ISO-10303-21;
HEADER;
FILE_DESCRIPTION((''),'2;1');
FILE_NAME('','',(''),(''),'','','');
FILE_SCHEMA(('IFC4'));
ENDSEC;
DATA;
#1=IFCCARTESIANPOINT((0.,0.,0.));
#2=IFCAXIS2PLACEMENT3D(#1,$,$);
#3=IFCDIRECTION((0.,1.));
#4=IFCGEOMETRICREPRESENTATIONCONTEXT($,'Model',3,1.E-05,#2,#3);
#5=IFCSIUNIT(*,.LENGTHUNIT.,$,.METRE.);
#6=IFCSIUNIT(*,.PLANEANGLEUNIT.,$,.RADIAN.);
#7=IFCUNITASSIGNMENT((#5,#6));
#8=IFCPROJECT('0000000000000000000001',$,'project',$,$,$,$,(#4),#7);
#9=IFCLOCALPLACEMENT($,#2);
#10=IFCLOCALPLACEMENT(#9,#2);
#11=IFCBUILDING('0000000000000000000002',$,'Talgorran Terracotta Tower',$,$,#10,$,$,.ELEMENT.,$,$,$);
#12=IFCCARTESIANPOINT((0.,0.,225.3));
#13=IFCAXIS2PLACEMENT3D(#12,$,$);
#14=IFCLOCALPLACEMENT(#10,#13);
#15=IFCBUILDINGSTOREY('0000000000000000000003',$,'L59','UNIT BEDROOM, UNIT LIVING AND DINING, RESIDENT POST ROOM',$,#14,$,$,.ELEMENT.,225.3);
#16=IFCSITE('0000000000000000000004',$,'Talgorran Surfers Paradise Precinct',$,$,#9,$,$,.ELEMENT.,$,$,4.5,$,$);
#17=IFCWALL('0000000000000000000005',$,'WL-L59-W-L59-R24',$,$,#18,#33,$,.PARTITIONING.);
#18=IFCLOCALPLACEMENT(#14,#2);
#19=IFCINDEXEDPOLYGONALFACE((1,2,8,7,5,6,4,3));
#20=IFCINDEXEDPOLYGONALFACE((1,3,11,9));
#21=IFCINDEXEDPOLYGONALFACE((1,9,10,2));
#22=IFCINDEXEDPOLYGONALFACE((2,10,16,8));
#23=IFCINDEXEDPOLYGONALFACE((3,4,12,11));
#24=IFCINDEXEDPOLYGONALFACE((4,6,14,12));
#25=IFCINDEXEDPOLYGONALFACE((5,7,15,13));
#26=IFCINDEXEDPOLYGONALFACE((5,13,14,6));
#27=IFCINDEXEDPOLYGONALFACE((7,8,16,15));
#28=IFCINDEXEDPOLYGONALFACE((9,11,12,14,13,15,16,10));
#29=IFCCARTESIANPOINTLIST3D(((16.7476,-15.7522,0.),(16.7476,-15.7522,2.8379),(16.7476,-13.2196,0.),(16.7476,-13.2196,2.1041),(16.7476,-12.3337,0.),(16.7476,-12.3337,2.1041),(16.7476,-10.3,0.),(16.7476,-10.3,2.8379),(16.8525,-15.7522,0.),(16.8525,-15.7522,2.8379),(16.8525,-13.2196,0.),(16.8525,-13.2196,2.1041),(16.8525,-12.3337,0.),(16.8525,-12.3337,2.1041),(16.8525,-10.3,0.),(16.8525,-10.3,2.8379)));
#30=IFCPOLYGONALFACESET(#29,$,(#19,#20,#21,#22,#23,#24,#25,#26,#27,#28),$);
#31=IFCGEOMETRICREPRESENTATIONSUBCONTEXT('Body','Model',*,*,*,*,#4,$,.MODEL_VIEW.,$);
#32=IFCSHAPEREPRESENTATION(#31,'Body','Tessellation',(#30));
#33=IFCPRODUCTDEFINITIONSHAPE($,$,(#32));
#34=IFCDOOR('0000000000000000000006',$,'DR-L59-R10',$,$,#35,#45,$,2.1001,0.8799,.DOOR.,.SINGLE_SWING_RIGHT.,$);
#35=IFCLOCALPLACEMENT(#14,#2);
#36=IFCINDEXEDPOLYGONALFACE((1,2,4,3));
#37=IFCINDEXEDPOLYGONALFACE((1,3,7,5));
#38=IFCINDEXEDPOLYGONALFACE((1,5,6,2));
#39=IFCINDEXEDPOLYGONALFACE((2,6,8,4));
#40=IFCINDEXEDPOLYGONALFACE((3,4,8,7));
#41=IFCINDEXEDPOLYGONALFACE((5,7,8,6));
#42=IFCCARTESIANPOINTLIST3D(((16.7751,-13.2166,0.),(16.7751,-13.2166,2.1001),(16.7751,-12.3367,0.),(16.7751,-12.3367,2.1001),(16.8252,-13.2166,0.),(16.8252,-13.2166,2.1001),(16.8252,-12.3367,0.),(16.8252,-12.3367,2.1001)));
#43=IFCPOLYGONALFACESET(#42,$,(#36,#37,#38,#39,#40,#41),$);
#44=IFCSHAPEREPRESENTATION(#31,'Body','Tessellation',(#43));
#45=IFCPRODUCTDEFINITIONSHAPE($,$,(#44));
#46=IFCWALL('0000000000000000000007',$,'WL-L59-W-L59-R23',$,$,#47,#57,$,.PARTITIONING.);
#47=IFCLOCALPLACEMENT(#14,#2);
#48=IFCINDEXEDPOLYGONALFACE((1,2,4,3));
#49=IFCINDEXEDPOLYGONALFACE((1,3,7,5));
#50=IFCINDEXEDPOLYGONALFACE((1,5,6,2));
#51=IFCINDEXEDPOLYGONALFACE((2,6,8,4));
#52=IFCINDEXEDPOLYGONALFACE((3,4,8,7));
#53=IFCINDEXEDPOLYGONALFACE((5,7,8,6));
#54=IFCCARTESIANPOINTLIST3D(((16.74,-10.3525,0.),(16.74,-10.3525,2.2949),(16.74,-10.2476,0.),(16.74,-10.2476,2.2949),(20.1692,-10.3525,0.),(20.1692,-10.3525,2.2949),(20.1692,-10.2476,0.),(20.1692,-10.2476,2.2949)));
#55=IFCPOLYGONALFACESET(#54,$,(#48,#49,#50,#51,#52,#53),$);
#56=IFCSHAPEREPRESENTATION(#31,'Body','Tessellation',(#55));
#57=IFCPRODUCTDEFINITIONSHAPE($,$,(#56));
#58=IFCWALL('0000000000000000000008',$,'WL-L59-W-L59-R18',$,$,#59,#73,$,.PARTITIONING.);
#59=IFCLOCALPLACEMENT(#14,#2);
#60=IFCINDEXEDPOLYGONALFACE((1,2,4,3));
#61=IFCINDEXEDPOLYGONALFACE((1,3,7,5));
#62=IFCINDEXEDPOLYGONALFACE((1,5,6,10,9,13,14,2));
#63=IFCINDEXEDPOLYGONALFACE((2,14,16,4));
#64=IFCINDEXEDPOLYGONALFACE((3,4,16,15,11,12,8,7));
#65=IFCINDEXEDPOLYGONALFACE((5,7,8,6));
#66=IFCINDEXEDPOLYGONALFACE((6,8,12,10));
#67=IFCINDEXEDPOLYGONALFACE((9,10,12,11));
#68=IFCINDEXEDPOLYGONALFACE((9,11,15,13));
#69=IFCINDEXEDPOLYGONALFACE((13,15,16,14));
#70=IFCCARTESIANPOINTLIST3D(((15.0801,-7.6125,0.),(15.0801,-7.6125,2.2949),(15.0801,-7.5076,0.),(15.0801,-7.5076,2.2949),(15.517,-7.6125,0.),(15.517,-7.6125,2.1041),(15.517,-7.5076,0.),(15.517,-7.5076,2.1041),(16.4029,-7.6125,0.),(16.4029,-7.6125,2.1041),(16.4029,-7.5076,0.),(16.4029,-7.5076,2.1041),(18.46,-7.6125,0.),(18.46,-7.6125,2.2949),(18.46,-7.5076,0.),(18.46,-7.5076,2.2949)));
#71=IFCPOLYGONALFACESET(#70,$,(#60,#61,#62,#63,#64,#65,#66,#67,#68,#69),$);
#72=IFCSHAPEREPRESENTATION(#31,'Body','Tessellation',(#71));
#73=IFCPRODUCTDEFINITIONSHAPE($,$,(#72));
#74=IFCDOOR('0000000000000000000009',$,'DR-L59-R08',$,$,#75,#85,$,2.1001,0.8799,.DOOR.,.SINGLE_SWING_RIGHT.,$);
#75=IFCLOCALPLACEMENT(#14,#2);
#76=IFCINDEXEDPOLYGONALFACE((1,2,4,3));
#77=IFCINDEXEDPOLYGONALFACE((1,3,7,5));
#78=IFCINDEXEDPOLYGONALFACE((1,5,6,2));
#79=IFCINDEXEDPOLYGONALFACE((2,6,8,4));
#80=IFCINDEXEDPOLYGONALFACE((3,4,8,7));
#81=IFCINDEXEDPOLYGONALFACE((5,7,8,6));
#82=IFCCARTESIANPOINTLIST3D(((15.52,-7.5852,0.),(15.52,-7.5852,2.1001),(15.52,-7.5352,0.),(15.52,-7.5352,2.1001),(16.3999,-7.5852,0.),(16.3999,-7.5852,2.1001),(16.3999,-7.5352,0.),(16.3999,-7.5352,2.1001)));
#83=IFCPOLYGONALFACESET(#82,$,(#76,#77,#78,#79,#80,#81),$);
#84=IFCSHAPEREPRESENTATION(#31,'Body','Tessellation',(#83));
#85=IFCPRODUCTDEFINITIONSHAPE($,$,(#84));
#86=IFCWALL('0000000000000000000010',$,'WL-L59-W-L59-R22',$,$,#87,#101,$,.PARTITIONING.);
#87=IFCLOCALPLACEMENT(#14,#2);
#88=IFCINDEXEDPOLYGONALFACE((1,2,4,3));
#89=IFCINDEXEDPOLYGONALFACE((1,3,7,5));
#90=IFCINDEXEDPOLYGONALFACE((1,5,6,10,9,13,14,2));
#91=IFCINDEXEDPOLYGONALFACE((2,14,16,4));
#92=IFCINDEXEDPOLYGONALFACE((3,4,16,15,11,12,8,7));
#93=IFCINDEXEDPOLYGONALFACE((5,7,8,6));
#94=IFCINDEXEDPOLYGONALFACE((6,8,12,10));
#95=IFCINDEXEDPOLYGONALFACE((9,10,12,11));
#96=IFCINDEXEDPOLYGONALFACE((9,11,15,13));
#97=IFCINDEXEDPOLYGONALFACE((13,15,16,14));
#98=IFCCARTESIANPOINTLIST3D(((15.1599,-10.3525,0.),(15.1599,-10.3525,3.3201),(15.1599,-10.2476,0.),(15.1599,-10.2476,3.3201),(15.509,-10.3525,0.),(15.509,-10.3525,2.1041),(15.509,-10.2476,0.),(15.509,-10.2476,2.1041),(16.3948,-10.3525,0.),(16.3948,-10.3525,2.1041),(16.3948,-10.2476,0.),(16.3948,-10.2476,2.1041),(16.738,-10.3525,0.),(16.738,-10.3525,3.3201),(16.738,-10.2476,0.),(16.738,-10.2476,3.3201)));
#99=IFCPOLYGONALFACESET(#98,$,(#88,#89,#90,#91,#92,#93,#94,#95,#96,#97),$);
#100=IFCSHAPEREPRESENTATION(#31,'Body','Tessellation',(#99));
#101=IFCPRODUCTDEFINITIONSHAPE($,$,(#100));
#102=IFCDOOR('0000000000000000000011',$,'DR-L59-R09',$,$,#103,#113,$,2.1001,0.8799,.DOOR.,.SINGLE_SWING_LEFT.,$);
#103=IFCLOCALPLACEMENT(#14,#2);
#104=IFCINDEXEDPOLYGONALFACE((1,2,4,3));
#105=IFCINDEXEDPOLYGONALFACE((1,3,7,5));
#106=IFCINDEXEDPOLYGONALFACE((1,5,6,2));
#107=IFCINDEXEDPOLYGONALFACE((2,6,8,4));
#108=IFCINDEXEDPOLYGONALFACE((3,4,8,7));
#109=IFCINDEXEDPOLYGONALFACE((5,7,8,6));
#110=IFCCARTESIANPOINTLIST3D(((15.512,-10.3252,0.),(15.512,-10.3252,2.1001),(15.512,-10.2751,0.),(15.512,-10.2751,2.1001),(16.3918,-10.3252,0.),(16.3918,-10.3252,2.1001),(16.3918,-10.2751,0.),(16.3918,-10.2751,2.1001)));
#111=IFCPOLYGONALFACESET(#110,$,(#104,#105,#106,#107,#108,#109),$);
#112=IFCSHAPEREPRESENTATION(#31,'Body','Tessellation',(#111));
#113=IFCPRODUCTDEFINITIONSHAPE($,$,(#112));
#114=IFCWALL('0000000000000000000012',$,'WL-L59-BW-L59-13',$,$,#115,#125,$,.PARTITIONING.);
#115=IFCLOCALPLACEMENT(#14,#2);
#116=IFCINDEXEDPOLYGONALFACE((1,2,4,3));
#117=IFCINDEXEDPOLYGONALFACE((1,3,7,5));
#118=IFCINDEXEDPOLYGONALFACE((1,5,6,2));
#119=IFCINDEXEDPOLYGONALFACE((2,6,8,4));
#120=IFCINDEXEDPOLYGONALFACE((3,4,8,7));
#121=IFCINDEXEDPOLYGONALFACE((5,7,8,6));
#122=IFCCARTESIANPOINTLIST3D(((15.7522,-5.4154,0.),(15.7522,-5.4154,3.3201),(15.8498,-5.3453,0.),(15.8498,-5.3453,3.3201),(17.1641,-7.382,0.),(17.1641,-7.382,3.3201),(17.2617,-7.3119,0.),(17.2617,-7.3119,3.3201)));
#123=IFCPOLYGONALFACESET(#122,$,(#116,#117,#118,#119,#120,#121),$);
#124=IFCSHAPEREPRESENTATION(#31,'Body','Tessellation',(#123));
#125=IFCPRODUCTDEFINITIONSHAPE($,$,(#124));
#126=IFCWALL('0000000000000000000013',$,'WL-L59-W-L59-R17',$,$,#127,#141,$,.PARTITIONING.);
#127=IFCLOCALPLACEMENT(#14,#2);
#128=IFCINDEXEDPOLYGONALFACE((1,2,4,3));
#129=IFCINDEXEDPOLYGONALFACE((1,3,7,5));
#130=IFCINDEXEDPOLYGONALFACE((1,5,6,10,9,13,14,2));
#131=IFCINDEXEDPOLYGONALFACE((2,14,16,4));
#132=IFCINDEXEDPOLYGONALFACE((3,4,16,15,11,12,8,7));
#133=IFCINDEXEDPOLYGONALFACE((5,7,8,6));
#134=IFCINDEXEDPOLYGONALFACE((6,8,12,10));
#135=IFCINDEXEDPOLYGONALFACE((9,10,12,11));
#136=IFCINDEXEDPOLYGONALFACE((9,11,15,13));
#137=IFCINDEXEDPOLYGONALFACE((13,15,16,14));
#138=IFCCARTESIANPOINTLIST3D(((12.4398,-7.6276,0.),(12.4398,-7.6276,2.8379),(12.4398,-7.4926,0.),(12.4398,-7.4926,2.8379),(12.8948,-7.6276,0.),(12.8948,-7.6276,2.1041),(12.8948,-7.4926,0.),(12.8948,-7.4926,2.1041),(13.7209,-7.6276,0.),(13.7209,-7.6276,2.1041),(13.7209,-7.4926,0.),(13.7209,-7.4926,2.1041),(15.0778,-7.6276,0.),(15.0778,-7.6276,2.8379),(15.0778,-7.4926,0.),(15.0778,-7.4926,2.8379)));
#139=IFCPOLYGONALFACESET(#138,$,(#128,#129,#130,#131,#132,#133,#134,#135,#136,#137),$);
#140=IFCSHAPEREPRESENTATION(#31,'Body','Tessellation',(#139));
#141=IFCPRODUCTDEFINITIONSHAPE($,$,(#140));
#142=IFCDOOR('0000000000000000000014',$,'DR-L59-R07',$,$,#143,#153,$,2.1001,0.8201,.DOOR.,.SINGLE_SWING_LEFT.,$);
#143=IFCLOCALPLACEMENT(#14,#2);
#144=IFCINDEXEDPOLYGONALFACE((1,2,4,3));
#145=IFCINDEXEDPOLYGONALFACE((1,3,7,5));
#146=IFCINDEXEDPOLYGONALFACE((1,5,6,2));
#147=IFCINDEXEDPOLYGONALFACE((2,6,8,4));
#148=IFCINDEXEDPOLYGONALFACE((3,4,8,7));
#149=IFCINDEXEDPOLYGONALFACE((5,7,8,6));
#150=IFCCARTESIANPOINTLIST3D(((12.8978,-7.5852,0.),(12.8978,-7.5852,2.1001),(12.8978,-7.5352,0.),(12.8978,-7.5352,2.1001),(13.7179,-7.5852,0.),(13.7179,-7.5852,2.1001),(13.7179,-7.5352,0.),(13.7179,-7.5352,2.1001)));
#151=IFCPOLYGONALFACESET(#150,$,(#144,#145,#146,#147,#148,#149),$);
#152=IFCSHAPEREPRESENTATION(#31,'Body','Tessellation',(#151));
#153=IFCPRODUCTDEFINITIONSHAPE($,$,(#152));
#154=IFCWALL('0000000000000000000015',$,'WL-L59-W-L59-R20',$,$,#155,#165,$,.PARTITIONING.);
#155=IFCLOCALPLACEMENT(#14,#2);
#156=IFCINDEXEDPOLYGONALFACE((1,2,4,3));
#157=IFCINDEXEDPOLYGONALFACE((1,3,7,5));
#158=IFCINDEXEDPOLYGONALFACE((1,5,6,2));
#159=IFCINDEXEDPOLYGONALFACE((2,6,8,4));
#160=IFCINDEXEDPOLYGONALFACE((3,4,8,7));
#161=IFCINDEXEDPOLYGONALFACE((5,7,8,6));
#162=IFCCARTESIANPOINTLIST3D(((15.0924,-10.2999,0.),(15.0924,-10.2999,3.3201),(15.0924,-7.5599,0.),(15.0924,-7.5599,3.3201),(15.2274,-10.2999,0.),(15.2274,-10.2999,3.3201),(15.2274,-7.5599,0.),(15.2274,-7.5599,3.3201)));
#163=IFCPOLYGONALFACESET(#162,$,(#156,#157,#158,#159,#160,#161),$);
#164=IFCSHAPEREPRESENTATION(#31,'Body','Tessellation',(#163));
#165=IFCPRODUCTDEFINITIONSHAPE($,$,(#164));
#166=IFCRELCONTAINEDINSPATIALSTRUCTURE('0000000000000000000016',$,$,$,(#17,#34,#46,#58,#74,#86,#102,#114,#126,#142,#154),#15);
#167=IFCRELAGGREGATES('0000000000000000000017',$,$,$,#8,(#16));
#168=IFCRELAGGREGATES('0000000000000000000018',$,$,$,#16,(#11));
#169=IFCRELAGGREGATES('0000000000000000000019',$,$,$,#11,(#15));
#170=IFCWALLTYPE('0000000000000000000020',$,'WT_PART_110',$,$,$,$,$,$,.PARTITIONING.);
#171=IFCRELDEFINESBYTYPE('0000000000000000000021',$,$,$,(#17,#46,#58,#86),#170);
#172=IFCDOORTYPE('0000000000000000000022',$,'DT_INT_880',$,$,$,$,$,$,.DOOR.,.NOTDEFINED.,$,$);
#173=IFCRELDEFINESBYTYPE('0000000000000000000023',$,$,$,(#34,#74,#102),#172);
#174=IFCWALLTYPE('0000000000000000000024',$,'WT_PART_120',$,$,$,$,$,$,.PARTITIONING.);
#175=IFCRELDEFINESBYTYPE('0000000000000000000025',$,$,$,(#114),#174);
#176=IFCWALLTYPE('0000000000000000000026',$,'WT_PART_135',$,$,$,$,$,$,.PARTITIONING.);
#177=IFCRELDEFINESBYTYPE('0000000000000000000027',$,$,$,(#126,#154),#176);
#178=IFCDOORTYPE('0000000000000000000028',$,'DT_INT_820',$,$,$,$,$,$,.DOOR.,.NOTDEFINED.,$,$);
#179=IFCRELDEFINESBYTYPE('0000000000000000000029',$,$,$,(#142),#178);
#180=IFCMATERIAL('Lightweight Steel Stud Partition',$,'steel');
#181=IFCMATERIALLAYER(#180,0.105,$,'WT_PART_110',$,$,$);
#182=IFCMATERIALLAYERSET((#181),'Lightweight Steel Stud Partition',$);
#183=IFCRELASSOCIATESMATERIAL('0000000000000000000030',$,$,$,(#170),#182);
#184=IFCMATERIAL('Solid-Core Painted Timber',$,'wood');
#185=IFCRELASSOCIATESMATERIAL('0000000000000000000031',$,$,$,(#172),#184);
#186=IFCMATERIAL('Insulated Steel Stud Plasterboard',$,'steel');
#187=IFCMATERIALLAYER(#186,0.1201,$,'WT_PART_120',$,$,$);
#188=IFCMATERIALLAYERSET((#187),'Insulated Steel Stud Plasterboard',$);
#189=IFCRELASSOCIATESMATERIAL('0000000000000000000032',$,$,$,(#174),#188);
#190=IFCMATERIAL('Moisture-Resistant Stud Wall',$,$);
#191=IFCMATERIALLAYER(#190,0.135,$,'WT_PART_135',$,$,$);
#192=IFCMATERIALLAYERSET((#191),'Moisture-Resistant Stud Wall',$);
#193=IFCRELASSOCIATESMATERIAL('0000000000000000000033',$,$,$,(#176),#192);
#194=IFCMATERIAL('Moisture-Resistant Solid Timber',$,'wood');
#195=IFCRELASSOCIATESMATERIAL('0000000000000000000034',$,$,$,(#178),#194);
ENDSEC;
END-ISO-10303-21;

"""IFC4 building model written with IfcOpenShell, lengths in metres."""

from ifc_helpers import new_model, si_unit, direction, frame, frame_2d, origin, place, context, subcontext, project, spatial, rectangle, extrude, material, layer, layer_set, type_object, element, fill, save


model = new_model("IFC4")

# Units and contexts
model_context = context("Model", 3, precision=1e-05, world=origin(), true_north=direction((0.0, 1.0)))
body_context = subcontext(model_context, "Body", "Model", "MODEL_VIEW")
ifc_project = project(units=[si_unit("LENGTHUNIT", "METRE"), si_unit("PLANEANGLEUNIT", "RADIAN")], contexts=[model_context])

# Site, building, storey
site_placement = place(None, origin())
site = spatial("IfcSite", under=ifc_project, at=site_placement, Name="Talgorran Surfers Paradise Precinct", CompositionType="ELEMENT", RefElevation=4.5)
building_placement = place(site_placement, origin())
building = spatial("IfcBuilding", under=site, at=building_placement, Name="Talgorran Terracotta Tower", CompositionType="ELEMENT")
storey_placement = place(building_placement, frame((0.0, 0.0, 225.3)))
storey = spatial("IfcBuildingStorey", under=building, at=storey_placement, Name="L59", Description="UNIT BEDROOM, UNIT LIVING AND DINING, RESIDENT POST ROOM", CompositionType="ELEMENT", Elevation=225.3)

# Wall, opening, door
ifc_material_1 = material(Name="Lightweight Steel Stud Partition", Category="steel")
ifc_layer_1 = layer(ifc_material_1, 0.105, Name="WT_PART_110")
ifc_layer_set_1 = layer_set([ifc_layer_1], Name="Lightweight Steel Stud Partition")
wall_type_1 = type_object("IfcWallType", Name="WT_PART_110", PredefinedType="PARTITIONING", material=ifc_layer_set_1)
wall_1_placement = place(storey_placement, frame((16.8, -15.7522, 0.0), z_axis=(0.0, 0.0, 1.0), x_axis=(0.0, 1.0, 0.0)))
wall_1 = element("IfcWall", 1, at=wall_1_placement, inside=storey, type_object=wall_type_1, Name="WL-L59-W-L59-R24", PredefinedType="PARTITIONING", context=body_context, shape_type="SweptSolid", body=[
    extrude(rectangle(XDim=5.4521, YDim=0.105, at=frame_2d((2.7261, 0.0))), origin(), (0.0, 0.0, 1.0), 2.8379),
])
opening_1_placement = place(wall_1_placement, frame((2.5356, 0.0, 0.0)))
opening_1 = element("IfcOpeningElement", 2, at=opening_1_placement, cuts=wall_1, PredefinedType="OPENING", context=body_context, shape_type="SweptSolid", body=[
    extrude(rectangle(XDim=0.8859, YDim=2.1041, at=frame_2d((0.4399, 1.052))), frame((0.0, 0.0625, 0.0), z_axis=(0.0, -1.0, 0.0), x_axis=(1.0, 0.0, 0.0)), (0.0, 0.0, 1.0), 0.125),
])
ifc_material_2 = material(Name="Solid-Core Painted Timber", Category="wood")
door_type_1 = type_object("IfcDoorType", Name="DT_INT_880", OperationType="NOTDEFINED", PredefinedType="DOOR", material=ifc_material_2)
door_1_placement = place(opening_1_placement, origin())
door_1 = element("IfcDoor", 3, at=door_1_placement, inside=storey, type_object=door_type_1, Name="DR-L59-R10", OperationType="SINGLE_SWING_RIGHT", OverallHeight=2.1001, OverallWidth=0.8799, PredefinedType="DOOR", context=body_context, shape_type="SweptSolid", body=[
    extrude(rectangle(XDim=0.8799, YDim=2.1001, at=frame_2d((0.4399, 1.05))), frame((0.0, 0.0249, 0.0), z_axis=(0.0, -1.0, 0.0), x_axis=(1.0, 0.0, 0.0)), (0.0, 0.0, 1.0), 0.05),
])
fill(opening_1, door_1)

# Wall
wall_2_placement = place(storey_placement, frame((16.74, -10.3, 0.0), z_axis=(0.0, 0.0, 1.0), x_axis=(1.0, 0.0, 0.0)))
element("IfcWall", 4, at=wall_2_placement, inside=storey, type_object=wall_type_1, Name="WL-L59-W-L59-R23", PredefinedType="PARTITIONING", context=body_context, shape_type="SweptSolid", body=[
    extrude(rectangle(XDim=3.4292, YDim=0.105, at=frame_2d((1.7146, 0.0))), origin(), (0.0, 0.0, 1.0), 2.2949),
])

# Walls, openings, doors
wall_3_placement = place(storey_placement, frame((15.0801, -7.5601, 0.0), z_axis=(0.0, 0.0, 1.0), x_axis=(1.0, 0.0, 0.0)))
wall_3 = element("IfcWall", 5, at=wall_3_placement, inside=storey, type_object=wall_type_1, Name="WL-L59-W-L59-R18", PredefinedType="PARTITIONING", context=body_context, shape_type="SweptSolid", body=[
    extrude(rectangle(XDim=3.3799, YDim=0.105, at=frame_2d((1.6899, 0.0))), origin(), (0.0, 0.0, 1.0), 2.2949),
])
opening_2_placement = place(wall_3_placement, frame((0.4399, 0.0, 0.0)))
opening_2 = element("IfcOpeningElement", 6, at=opening_2_placement, cuts=wall_3, PredefinedType="OPENING", context=body_context, shape_type="SweptSolid", body=[
    extrude(rectangle(XDim=0.8859, YDim=2.1041, at=frame_2d((0.4399, 1.052))), frame((0.0, 0.0625, 0.0), z_axis=(0.0, -1.0, 0.0), x_axis=(1.0, 0.0, 0.0)), (0.0, 0.0, 1.0), 0.125),
])
door_2_placement = place(opening_2_placement, origin())
door_2 = element("IfcDoor", 7, at=door_2_placement, inside=storey, type_object=door_type_1, Name="DR-L59-R08", OperationType="SINGLE_SWING_RIGHT", OverallHeight=2.1001, OverallWidth=0.8799, PredefinedType="DOOR", context=body_context, shape_type="SweptSolid", body=[
    extrude(rectangle(XDim=0.8799, YDim=2.1001, at=frame_2d((0.4399, 1.05))), frame((0.0, 0.0249, 0.0), z_axis=(0.0, -1.0, 0.0), x_axis=(1.0, 0.0, 0.0)), (0.0, 0.0, 1.0), 0.05),
])
fill(opening_2, door_2)
wall_4_placement = place(storey_placement, frame((15.1599, -10.3, 0.0), z_axis=(0.0, 0.0, 1.0), x_axis=(1.0, 0.0, 0.0)))
wall_4 = element("IfcWall", 8, at=wall_4_placement, inside=storey, type_object=wall_type_1, Name="WL-L59-W-L59-R22", PredefinedType="PARTITIONING", context=body_context, shape_type="SweptSolid", body=[
    extrude(rectangle(XDim=1.5781, YDim=0.105, at=frame_2d((0.7891, 0.0))), origin(), (0.0, 0.0, 1.0), 3.3201),
])
opening_3_placement = place(wall_4_placement, frame((0.3521, 0.0, 0.0)))
opening_3 = element("IfcOpeningElement", 9, at=opening_3_placement, cuts=wall_4, PredefinedType="OPENING", context=body_context, shape_type="SweptSolid", body=[
    extrude(rectangle(XDim=0.8859, YDim=2.1041, at=frame_2d((0.4399, 1.052))), frame((0.0, 0.0625, 0.0), z_axis=(0.0, -1.0, 0.0), x_axis=(1.0, 0.0, 0.0)), (0.0, 0.0, 1.0), 0.125),
])
door_3_placement = place(opening_3_placement, origin())
door_3 = element("IfcDoor", 10, at=door_3_placement, inside=storey, type_object=door_type_1, Name="DR-L59-R09", OperationType="SINGLE_SWING_LEFT", OverallHeight=2.1001, OverallWidth=0.8799, PredefinedType="DOOR", context=body_context, shape_type="SweptSolid", body=[
    extrude(rectangle(XDim=0.8799, YDim=2.1001, at=frame_2d((0.4399, 1.05))), frame((0.0, 0.0249, 0.0), z_axis=(0.0, -1.0, 0.0), x_axis=(1.0, 0.0, 0.0)), (0.0, 0.0, 1.0), 0.05),
])
fill(opening_3, door_3)

# Wall
ifc_material_3 = material(Name="Insulated Steel Stud Plasterboard", Category="steel")
ifc_layer_2 = layer(ifc_material_3, 0.1201, Name="WT_PART_120")
ifc_layer_set_2 = layer_set([ifc_layer_2], Name="Insulated Steel Stud Plasterboard")
wall_type_2 = type_object("IfcWallType", Name="WT_PART_120", PredefinedType="PARTITIONING", material=ifc_layer_set_2)
wall_5_placement = place(storey_placement, frame((17.2129, -7.3469, 0.0), z_axis=(0.0, 0.0, 1.0), x_axis=(-0.583202, 0.812327, 0.0)))
element("IfcWall", 11, at=wall_5_placement, inside=storey, type_object=wall_type_2, Name="WL-L59-BW-L59-13", PredefinedType="PARTITIONING", context=body_context, shape_type="SweptSolid", body=[
    extrude(rectangle(XDim=2.4209, YDim=0.1201, at=frame_2d((1.2104, 0.0))), origin(), (0.0, 0.0, 1.0), 3.3201),
])

# Wall, opening, door
ifc_material_4 = material(Name="Moisture-Resistant Stud Wall")
ifc_layer_3 = layer(ifc_material_4, 0.135, Name="WT_PART_135")
ifc_layer_set_3 = layer_set([ifc_layer_3], Name="Moisture-Resistant Stud Wall")
wall_type_3 = type_object("IfcWallType", Name="WT_PART_135", PredefinedType="PARTITIONING", material=ifc_layer_set_3)
wall_6_placement = place(storey_placement, frame((12.4399, -7.5601, 0.0), z_axis=(0.0, 0.0, 1.0), x_axis=(1.0, 0.0, 0.0)))
wall_6 = element("IfcWall", 12, at=wall_6_placement, inside=storey, type_object=wall_type_3, Name="WL-L59-W-L59-R17", PredefinedType="PARTITIONING", context=body_context, shape_type="SweptSolid", body=[
    extrude(rectangle(XDim=2.6379, YDim=0.135, at=frame_2d((1.3188, 0.0))), origin(), (0.0, 0.0, 1.0), 2.8379),
])
opening_4_placement = place(wall_6_placement, frame((0.4578, 0.0, 0.0)))
opening_4 = element("IfcOpeningElement", 13, at=opening_4_placement, cuts=wall_6, PredefinedType="OPENING", context=body_context, shape_type="SweptSolid", body=[
    extrude(rectangle(XDim=0.8261, YDim=2.1041, at=frame_2d((0.4102, 1.052))), frame((0.0, 0.0776, 0.0), z_axis=(0.0, -1.0, 0.0), x_axis=(1.0, 0.0, 0.0)), (0.0, 0.0, 1.0), 0.155),
])
ifc_material_5 = material(Name="Moisture-Resistant Solid Timber", Category="wood")
door_type_2 = type_object("IfcDoorType", Name="DT_INT_820", OperationType="NOTDEFINED", PredefinedType="DOOR", material=ifc_material_5)
door_4_placement = place(opening_4_placement, origin())
door_4 = element("IfcDoor", 14, at=door_4_placement, inside=storey, type_object=door_type_2, Name="DR-L59-R07", OperationType="SINGLE_SWING_LEFT", OverallHeight=2.1001, OverallWidth=0.8201, PredefinedType="DOOR", context=body_context, shape_type="SweptSolid", body=[
    extrude(rectangle(XDim=0.8201, YDim=2.1001, at=frame_2d((0.4102, 1.05))), frame((0.0, 0.0249, 0.0), z_axis=(0.0, -1.0, 0.0), x_axis=(1.0, 0.0, 0.0)), (0.0, 0.0, 1.0), 0.05),
])
fill(opening_4, door_4)

# Wall
wall_7_placement = place(storey_placement, frame((15.1599, -10.3, 0.0), z_axis=(0.0, 0.0, 1.0), x_axis=(0.0, 1.0, 0.0)))
element("IfcWall", 15, at=wall_7_placement, inside=storey, type_object=wall_type_3, Name="WL-L59-W-L59-R20", PredefinedType="PARTITIONING", context=body_context, shape_type="SweptSolid", body=[
    extrude(rectangle(XDim=2.74, YDim=0.135, at=frame_2d((1.3701, 0.0))), origin(), (0.0, 0.0, 1.0), 3.3201),
])

save(model, "model.ifc")
